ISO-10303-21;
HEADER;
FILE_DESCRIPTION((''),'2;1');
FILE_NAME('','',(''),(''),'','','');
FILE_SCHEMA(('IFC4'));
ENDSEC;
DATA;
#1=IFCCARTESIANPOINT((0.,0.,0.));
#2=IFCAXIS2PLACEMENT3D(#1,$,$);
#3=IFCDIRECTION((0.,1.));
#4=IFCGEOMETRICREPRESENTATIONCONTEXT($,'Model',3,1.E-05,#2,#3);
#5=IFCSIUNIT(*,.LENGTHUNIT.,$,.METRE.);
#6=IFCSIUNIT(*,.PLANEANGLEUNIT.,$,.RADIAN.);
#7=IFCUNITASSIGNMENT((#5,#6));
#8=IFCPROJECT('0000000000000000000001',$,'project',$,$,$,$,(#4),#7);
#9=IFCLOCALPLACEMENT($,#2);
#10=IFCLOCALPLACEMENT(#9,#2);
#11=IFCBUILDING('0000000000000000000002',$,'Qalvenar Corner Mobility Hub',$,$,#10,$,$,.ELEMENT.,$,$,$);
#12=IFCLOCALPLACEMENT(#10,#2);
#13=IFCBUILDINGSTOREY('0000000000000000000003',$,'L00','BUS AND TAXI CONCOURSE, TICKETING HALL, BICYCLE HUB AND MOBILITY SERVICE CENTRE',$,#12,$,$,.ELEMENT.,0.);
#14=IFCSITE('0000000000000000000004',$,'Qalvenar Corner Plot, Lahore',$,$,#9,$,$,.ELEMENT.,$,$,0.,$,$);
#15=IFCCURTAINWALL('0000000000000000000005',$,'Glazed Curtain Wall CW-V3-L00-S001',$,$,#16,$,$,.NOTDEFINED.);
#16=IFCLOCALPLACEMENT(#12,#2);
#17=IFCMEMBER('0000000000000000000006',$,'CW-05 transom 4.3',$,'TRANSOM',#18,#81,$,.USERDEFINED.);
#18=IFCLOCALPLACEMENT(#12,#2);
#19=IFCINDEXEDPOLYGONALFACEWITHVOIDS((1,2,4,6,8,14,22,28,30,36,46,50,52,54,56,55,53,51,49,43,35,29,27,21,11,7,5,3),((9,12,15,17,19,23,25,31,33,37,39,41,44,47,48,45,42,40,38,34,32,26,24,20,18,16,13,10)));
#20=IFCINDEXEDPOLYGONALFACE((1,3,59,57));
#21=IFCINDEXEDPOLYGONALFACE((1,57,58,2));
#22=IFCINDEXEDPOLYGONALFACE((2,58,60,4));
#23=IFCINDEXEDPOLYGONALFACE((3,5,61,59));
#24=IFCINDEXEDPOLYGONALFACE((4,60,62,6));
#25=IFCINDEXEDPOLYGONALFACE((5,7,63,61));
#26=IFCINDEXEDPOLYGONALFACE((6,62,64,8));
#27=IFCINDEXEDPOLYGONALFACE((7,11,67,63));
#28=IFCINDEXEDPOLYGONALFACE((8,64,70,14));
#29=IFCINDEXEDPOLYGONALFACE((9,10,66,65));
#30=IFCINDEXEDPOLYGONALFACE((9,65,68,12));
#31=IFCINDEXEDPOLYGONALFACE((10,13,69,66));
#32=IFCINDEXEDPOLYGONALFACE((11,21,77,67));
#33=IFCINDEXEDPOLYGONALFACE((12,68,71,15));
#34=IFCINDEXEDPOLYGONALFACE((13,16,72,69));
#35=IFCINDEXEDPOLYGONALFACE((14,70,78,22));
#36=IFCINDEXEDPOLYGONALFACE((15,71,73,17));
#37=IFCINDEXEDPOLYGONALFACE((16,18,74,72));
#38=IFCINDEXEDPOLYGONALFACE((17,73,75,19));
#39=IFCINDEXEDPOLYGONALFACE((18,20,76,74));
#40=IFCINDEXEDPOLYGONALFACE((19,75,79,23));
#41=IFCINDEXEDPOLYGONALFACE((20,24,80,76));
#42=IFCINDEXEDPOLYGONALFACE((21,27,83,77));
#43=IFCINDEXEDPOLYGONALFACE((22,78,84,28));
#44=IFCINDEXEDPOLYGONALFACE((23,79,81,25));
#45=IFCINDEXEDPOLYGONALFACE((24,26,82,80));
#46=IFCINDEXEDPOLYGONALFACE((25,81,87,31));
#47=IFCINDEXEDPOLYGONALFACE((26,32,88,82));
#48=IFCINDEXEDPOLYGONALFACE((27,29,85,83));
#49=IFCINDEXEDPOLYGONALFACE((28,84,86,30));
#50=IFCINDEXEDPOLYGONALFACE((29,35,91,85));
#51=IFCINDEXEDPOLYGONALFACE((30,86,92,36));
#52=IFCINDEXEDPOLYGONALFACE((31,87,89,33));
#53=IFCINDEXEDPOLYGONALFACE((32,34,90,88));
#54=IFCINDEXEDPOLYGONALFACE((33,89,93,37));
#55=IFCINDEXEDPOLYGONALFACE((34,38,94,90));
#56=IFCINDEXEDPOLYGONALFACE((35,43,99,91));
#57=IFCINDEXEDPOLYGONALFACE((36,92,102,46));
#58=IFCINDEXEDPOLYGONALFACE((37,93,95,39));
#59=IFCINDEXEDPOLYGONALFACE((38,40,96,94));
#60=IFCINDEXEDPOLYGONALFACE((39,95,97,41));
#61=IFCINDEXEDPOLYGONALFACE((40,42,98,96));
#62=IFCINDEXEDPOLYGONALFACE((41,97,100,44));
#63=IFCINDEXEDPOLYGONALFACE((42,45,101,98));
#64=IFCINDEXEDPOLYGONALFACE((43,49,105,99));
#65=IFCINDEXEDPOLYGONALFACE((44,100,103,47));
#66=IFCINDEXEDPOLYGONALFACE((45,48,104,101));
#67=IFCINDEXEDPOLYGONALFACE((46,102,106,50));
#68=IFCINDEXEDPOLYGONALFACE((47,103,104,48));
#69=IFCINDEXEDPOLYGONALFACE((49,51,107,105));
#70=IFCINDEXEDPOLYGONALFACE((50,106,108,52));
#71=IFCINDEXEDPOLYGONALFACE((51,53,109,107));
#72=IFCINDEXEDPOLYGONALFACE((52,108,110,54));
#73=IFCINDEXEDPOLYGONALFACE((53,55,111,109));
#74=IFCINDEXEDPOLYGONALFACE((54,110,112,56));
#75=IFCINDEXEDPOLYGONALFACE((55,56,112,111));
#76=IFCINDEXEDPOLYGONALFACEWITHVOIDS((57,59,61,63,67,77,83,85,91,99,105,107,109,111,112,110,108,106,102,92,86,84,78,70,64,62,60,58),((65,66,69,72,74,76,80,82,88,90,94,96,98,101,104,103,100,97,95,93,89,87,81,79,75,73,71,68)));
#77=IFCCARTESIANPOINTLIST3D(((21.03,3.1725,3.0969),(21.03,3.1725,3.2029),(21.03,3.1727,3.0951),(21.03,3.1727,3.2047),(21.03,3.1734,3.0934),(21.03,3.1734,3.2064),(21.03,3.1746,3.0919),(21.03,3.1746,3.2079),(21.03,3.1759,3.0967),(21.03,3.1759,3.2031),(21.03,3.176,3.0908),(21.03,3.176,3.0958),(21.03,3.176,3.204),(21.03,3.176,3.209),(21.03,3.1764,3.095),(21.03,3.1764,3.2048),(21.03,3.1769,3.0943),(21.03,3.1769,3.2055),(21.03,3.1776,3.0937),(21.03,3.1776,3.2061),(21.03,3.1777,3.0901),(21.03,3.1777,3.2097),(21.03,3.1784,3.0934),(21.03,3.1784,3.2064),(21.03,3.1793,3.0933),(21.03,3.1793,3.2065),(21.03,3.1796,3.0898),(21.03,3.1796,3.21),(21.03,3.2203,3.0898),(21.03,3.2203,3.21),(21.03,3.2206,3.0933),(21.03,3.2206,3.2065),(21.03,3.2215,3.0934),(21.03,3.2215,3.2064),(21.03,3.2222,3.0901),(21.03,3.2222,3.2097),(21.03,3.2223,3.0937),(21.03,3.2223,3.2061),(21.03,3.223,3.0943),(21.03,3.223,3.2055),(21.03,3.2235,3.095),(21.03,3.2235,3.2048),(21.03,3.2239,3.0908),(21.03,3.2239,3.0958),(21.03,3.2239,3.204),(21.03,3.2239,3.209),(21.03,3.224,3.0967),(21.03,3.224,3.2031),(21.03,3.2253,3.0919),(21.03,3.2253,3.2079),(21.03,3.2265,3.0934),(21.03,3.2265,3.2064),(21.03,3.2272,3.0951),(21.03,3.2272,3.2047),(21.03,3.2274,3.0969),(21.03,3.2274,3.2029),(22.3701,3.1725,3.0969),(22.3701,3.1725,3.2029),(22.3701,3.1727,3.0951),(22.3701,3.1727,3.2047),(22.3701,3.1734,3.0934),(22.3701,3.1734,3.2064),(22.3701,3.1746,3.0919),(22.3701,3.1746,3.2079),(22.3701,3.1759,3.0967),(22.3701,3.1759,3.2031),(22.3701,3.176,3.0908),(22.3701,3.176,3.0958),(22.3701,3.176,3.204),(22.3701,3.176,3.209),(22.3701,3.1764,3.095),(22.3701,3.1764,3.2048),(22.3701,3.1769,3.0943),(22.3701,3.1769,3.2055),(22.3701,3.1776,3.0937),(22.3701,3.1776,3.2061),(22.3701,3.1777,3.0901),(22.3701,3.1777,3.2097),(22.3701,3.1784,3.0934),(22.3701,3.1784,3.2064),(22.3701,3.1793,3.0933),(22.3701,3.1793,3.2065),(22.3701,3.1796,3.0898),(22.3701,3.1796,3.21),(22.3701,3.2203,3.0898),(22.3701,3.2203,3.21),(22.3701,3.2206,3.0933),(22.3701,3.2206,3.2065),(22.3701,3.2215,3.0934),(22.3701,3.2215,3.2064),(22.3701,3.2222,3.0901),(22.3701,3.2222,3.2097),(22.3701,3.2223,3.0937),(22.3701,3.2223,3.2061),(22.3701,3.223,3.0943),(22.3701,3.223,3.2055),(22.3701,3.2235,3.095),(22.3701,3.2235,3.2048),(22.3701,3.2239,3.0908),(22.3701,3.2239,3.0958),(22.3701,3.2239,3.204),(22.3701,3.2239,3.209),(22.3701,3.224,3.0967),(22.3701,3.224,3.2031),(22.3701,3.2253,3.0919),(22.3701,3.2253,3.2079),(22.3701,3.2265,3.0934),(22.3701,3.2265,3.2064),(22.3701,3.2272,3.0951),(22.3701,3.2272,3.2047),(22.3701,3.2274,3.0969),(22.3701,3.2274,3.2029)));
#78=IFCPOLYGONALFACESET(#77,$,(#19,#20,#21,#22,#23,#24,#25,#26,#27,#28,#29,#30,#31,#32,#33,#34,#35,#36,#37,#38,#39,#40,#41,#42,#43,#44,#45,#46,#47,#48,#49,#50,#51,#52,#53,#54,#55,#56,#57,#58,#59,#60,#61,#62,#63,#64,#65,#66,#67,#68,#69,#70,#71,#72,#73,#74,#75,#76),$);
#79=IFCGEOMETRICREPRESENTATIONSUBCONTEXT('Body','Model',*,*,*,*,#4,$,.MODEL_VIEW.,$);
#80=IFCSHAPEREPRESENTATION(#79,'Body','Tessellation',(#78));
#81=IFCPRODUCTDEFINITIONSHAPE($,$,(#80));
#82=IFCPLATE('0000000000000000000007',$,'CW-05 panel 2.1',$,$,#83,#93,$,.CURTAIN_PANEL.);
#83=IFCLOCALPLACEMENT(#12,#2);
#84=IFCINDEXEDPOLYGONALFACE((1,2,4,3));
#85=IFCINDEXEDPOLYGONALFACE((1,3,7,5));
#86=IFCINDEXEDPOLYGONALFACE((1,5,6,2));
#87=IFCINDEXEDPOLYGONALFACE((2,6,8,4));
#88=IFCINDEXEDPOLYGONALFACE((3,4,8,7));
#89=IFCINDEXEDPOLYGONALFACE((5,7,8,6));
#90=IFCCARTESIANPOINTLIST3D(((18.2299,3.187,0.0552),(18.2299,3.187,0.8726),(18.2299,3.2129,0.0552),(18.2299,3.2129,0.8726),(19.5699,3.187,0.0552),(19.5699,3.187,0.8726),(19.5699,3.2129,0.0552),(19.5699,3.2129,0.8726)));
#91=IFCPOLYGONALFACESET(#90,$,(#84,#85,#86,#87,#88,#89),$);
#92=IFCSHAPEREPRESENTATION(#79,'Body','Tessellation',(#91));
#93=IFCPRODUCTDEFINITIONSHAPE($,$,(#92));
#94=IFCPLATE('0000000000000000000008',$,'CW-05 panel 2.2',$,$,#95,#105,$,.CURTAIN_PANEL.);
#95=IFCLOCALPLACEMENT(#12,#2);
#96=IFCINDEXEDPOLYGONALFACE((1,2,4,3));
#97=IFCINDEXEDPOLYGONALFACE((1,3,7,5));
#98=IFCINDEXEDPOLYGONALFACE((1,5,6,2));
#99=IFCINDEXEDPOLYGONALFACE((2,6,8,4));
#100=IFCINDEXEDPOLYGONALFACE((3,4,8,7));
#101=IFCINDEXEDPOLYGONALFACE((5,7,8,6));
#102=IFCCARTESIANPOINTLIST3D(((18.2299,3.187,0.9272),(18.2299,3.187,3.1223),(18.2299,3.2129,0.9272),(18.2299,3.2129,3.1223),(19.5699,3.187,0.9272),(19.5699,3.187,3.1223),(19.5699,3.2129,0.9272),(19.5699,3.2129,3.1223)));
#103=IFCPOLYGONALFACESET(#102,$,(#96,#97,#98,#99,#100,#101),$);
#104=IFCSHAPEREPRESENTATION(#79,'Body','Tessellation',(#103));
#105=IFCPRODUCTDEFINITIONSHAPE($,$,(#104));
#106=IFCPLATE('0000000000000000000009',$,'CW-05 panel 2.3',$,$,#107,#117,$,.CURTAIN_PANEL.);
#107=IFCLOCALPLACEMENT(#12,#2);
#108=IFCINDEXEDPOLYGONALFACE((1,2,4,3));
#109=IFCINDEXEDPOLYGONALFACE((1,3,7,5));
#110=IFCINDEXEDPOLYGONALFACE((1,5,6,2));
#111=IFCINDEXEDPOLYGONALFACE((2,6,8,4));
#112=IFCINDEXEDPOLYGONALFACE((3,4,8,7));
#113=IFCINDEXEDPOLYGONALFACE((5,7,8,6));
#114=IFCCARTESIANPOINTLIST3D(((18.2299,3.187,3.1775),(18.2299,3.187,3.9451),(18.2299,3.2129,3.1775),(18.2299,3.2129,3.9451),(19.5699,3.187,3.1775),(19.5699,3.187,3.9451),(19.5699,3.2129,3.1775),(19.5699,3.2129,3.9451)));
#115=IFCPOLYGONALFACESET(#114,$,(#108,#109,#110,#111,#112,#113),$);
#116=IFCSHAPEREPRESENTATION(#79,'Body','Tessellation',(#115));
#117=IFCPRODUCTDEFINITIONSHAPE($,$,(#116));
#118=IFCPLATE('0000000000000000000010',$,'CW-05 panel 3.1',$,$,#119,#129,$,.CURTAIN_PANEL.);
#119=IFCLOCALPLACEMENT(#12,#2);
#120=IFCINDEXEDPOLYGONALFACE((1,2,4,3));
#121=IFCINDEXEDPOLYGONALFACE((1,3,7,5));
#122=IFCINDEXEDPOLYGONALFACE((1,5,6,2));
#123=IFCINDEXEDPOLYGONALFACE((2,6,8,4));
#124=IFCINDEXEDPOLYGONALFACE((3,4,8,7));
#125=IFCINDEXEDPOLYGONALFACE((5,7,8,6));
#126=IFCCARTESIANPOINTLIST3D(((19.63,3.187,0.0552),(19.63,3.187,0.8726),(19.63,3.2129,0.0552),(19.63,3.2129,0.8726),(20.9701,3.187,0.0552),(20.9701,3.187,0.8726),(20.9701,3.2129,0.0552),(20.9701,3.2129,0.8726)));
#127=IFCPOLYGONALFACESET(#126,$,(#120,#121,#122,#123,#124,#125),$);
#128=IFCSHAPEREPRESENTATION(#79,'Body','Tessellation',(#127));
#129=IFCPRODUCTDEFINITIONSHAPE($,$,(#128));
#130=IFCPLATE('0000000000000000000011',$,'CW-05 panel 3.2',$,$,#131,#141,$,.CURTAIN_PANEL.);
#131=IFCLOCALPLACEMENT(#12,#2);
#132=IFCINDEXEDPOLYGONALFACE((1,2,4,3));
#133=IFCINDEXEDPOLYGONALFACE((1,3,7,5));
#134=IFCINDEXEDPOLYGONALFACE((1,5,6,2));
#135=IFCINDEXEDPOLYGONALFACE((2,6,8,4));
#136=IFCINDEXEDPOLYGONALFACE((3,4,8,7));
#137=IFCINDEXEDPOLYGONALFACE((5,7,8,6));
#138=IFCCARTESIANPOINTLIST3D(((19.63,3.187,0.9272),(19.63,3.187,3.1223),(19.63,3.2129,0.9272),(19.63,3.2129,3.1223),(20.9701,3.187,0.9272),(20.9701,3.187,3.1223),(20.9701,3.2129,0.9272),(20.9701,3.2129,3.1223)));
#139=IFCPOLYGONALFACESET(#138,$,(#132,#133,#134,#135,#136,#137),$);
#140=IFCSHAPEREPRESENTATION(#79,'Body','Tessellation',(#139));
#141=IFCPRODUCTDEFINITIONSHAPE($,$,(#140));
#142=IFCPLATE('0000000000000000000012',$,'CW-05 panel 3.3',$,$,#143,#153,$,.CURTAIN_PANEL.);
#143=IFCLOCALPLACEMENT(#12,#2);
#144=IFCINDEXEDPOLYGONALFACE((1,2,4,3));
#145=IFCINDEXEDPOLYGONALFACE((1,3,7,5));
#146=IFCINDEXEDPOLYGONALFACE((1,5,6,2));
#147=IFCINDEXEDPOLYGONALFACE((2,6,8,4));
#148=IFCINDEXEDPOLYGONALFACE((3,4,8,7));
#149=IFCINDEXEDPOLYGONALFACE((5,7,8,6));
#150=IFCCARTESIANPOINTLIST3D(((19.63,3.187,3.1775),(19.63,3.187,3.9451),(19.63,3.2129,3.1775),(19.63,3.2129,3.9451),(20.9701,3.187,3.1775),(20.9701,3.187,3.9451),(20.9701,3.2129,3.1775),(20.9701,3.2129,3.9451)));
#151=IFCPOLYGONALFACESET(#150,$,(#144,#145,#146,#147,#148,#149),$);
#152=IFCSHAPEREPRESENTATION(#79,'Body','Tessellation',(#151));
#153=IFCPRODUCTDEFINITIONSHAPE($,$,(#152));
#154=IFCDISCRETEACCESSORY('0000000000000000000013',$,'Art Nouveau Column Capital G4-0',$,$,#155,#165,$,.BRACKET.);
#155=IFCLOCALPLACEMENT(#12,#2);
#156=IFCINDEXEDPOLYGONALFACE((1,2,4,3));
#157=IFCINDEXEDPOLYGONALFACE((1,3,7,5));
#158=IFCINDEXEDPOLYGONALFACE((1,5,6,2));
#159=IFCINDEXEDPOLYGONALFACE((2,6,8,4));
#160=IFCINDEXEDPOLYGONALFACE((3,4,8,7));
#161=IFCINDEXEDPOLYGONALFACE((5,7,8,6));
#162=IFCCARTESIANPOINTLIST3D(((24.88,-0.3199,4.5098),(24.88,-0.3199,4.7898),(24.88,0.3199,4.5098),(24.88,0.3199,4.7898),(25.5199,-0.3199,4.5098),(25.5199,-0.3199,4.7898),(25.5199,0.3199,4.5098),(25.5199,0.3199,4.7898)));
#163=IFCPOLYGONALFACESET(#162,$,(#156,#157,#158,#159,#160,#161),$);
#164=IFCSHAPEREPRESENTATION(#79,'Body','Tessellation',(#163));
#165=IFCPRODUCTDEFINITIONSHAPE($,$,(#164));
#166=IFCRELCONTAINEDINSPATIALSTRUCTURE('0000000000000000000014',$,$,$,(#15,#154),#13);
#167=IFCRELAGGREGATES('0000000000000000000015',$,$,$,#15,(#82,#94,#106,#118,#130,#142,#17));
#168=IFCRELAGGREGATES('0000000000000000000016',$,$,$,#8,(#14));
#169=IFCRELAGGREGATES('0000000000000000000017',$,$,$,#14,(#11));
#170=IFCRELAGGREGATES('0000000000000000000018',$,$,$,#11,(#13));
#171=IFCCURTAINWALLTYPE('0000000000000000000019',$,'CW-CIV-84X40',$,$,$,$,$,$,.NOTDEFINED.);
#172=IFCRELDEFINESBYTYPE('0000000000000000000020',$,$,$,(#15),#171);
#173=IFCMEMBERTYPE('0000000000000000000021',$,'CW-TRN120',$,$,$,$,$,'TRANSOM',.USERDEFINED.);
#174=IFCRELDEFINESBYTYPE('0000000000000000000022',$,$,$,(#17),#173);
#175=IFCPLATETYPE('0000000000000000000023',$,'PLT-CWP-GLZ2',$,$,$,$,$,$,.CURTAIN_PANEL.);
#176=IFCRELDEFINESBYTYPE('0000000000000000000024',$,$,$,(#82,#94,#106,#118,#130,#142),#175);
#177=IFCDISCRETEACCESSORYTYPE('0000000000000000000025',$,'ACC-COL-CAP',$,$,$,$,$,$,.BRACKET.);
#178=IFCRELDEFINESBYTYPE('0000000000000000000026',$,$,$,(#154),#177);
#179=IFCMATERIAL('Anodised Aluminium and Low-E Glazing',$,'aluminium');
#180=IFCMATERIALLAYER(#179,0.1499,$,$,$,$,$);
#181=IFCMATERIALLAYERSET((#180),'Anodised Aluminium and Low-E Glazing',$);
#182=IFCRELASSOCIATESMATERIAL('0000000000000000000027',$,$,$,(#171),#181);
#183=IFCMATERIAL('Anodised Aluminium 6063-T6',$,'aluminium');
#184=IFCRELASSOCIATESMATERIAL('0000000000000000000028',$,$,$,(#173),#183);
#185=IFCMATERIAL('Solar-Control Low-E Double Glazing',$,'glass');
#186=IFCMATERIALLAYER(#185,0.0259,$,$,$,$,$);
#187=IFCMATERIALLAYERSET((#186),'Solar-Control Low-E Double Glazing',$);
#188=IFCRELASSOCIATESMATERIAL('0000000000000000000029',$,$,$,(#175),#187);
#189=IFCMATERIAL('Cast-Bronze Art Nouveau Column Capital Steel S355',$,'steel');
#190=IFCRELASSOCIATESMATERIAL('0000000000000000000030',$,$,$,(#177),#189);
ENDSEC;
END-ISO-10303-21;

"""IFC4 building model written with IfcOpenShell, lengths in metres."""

from ifc_helpers import new_model, si_unit, direction, frame, origin, origin_2d, place, context, subcontext, project, spatial, rectangle, hollow_rectangle, extrude, material, layer, layer_set, material_profile, profile_set, type_object, element, aggregate, save


model = new_model("IFC4")

# Units and contexts
model_context = context("Model", 3, precision=1e-05, world=origin(), true_north=direction((0.0, 1.0)))
body_context = subcontext(model_context, "Body", "Model", "MODEL_VIEW")
ifc_project = project(units=[si_unit("LENGTHUNIT", "METRE"), si_unit("PLANEANGLEUNIT", "RADIAN")], contexts=[model_context])

# Site, building, storey
site_placement = place(None, origin())
site = spatial("IfcSite", under=ifc_project, at=site_placement, Name="Qalvenar Corner Plot, Lahore", CompositionType="ELEMENT", RefElevation=0.0)
building_placement = place(site_placement, origin())
building = spatial("IfcBuilding", under=site, at=building_placement, Name="Qalvenar Corner Mobility Hub", CompositionType="ELEMENT")
storey_placement = place(building_placement, origin())
storey = spatial("IfcBuildingStorey", under=building, at=storey_placement, Name="L00", Description="BUS AND TAXI CONCOURSE, TICKETING HALL, BICYCLE HUB AND MOBILITY SERVICE CENTRE", CompositionType="ELEMENT", Elevation=0.0)

# Curtain wall, member, plates
ifc_material_1 = material(Name="Anodised Aluminium and Low-E Glazing", Category="aluminium")
ifc_layer_1 = layer(ifc_material_1, 0.1499)
ifc_layer_set_1 = layer_set([ifc_layer_1], Name="Anodised Aluminium and Low-E Glazing")
curtain_wall_type = type_object("IfcCurtainWallType", Name="CW-CIV-84X40", PredefinedType="NOTDEFINED", material=ifc_layer_set_1)
curtain_wall_placement = place(storey_placement, origin())
curtain_wall = element("IfcCurtainWall", 1, at=curtain_wall_placement, inside=storey, type_object=curtain_wall_type, Name="Glazed Curtain Wall CW-V3-L00-S001", PredefinedType="NOTDEFINED")
ifc_material_2 = material(Name="Anodised Aluminium 6063-T6", Category="aluminium")
ifc_material_profile_1 = material_profile(ifc_material_2, hollow_rectangle(XDim=0.0549, YDim=0.1201, WallThickness=0.0034, InnerFilletRadius=0.0034, OuterFilletRadius=0.0071, at=origin_2d()), Name="RHS120x55x3.5")
ifc_profile_set_1 = profile_set([ifc_material_profile_1], Name="Anodised Aluminium 6063-T6")
member_type_1 = type_object("IfcMemberType", Name="CW-TRN120", ElementType="TRANSOM", PredefinedType="USERDEFINED", material=ifc_profile_set_1)
member_1_placement = place(storey_placement, frame((21.03, 3.2, 3.1499), z_axis=(1.0, 0.0, 0.0), x_axis=(0.0, 1.0, 0.0)))
member_1 = element("IfcMember", 2, at=member_1_placement, type_object=member_type_1, Name="CW-05 transom 4.3", ObjectType="TRANSOM", PredefinedType="USERDEFINED", context=body_context, shape_type="SweptSolid", body=[
    extrude(hollow_rectangle(XDim=0.0549, YDim=0.1201, WallThickness=0.0034, InnerFilletRadius=0.0034, OuterFilletRadius=0.0071, at=origin_2d()), origin(), (0.0, 0.0, 1.0), 1.3401),
])
ifc_material_3 = material(Name="Solar-Control Low-E Double Glazing", Category="glass")
ifc_layer_2 = layer(ifc_material_3, 0.0259)
ifc_layer_set_2 = layer_set([ifc_layer_2], Name="Solar-Control Low-E Double Glazing")
plate_type = type_object("IfcPlateType", Name="PLT-CWP-GLZ2", PredefinedType="CURTAIN_PANEL", material=ifc_layer_set_2)
plate_1_placement = place(storey_placement, frame((18.8999, 3.2, 0.0552), z_axis=(0.0, 0.0, 1.0), x_axis=(1.0, 0.0, 0.0)))
plate_1 = element("IfcPlate", 3, at=plate_1_placement, type_object=plate_type, Name="CW-05 panel 2.1", PredefinedType="CURTAIN_PANEL", context=body_context, shape_type="SweptSolid", body=[
    extrude(rectangle(XDim=1.3401, YDim=0.0259, at=origin_2d()), origin(), (0.0, 0.0, 1.0), 0.8174),
])
plate_2_placement = place(storey_placement, frame((18.8999, 3.2, 0.9272), z_axis=(0.0, 0.0, 1.0), x_axis=(1.0, 0.0, 0.0)))
plate_2 = element("IfcPlate", 4, at=plate_2_placement, type_object=plate_type, Name="CW-05 panel 2.2", PredefinedType="CURTAIN_PANEL", context=body_context, shape_type="SweptSolid", body=[
    extrude(rectangle(XDim=1.3401, YDim=0.0259, at=origin_2d()), origin(), (0.0, 0.0, 1.0), 2.1951),
])
plate_3_placement = place(storey_placement, frame((18.8999, 3.2, 3.1775), z_axis=(0.0, 0.0, 1.0), x_axis=(1.0, 0.0, 0.0)))
plate_3 = element("IfcPlate", 5, at=plate_3_placement, type_object=plate_type, Name="CW-05 panel 2.3", PredefinedType="CURTAIN_PANEL", context=body_context, shape_type="SweptSolid", body=[
    extrude(rectangle(XDim=1.3401, YDim=0.0259, at=origin_2d()), origin(), (0.0, 0.0, 1.0), 0.7676),
])
plate_4_placement = place(storey_placement, frame((20.3, 3.2, 0.0552), z_axis=(0.0, 0.0, 1.0), x_axis=(1.0, 0.0, 0.0)))
plate_4 = element("IfcPlate", 6, at=plate_4_placement, type_object=plate_type, Name="CW-05 panel 3.1", PredefinedType="CURTAIN_PANEL", context=body_context, shape_type="SweptSolid", body=[
    extrude(rectangle(XDim=1.3401, YDim=0.0259, at=origin_2d()), origin(), (0.0, 0.0, 1.0), 0.8174),
])
plate_5_placement = place(storey_placement, frame((20.3, 3.2, 0.9272), z_axis=(0.0, 0.0, 1.0), x_axis=(1.0, 0.0, 0.0)))
plate_5 = element("IfcPlate", 7, at=plate_5_placement, type_object=plate_type, Name="CW-05 panel 3.2", PredefinedType="CURTAIN_PANEL", context=body_context, shape_type="SweptSolid", body=[
    extrude(rectangle(XDim=1.3401, YDim=0.0259, at=origin_2d()), origin(), (0.0, 0.0, 1.0), 2.1951),
])
plate_6_placement = place(storey_placement, frame((20.3, 3.2, 3.1775), z_axis=(0.0, 0.0, 1.0), x_axis=(1.0, 0.0, 0.0)))
plate_6 = element("IfcPlate", 8, at=plate_6_placement, type_object=plate_type, Name="CW-05 panel 3.3", PredefinedType="CURTAIN_PANEL", context=body_context, shape_type="SweptSolid", body=[
    extrude(rectangle(XDim=1.3401, YDim=0.0259, at=origin_2d()), origin(), (0.0, 0.0, 1.0), 0.7676),
])
aggregate(curtain_wall, [plate_1, plate_2, plate_3, plate_4, plate_5, plate_6, member_1])

# Discrete accessory
ifc_material_4 = material(Name="Cast-Bronze Art Nouveau Column Capital Steel S355", Category="steel")
discrete_accessory_type = type_object("IfcDiscreteAccessoryType", Name="ACC-COL-CAP", PredefinedType="BRACKET", material=ifc_material_4)
discrete_accessory_placement = place(storey_placement, frame((25.2, 0.0, 4.5098), z_axis=(0.0, 0.0, 1.0), x_axis=(1.0, 0.0, 0.0)))
element("IfcDiscreteAccessory", 9, at=discrete_accessory_placement, inside=storey, type_object=discrete_accessory_type, Name="Art Nouveau Column Capital G4-0", PredefinedType="BRACKET", context=body_context, shape_type="SweptSolid", body=[
    extrude(rectangle(XDim=0.6399, YDim=0.6399, at=origin_2d()), origin(), (0.0, 0.0, 1.0), 0.28),
])

save(model, "model.ifc")
